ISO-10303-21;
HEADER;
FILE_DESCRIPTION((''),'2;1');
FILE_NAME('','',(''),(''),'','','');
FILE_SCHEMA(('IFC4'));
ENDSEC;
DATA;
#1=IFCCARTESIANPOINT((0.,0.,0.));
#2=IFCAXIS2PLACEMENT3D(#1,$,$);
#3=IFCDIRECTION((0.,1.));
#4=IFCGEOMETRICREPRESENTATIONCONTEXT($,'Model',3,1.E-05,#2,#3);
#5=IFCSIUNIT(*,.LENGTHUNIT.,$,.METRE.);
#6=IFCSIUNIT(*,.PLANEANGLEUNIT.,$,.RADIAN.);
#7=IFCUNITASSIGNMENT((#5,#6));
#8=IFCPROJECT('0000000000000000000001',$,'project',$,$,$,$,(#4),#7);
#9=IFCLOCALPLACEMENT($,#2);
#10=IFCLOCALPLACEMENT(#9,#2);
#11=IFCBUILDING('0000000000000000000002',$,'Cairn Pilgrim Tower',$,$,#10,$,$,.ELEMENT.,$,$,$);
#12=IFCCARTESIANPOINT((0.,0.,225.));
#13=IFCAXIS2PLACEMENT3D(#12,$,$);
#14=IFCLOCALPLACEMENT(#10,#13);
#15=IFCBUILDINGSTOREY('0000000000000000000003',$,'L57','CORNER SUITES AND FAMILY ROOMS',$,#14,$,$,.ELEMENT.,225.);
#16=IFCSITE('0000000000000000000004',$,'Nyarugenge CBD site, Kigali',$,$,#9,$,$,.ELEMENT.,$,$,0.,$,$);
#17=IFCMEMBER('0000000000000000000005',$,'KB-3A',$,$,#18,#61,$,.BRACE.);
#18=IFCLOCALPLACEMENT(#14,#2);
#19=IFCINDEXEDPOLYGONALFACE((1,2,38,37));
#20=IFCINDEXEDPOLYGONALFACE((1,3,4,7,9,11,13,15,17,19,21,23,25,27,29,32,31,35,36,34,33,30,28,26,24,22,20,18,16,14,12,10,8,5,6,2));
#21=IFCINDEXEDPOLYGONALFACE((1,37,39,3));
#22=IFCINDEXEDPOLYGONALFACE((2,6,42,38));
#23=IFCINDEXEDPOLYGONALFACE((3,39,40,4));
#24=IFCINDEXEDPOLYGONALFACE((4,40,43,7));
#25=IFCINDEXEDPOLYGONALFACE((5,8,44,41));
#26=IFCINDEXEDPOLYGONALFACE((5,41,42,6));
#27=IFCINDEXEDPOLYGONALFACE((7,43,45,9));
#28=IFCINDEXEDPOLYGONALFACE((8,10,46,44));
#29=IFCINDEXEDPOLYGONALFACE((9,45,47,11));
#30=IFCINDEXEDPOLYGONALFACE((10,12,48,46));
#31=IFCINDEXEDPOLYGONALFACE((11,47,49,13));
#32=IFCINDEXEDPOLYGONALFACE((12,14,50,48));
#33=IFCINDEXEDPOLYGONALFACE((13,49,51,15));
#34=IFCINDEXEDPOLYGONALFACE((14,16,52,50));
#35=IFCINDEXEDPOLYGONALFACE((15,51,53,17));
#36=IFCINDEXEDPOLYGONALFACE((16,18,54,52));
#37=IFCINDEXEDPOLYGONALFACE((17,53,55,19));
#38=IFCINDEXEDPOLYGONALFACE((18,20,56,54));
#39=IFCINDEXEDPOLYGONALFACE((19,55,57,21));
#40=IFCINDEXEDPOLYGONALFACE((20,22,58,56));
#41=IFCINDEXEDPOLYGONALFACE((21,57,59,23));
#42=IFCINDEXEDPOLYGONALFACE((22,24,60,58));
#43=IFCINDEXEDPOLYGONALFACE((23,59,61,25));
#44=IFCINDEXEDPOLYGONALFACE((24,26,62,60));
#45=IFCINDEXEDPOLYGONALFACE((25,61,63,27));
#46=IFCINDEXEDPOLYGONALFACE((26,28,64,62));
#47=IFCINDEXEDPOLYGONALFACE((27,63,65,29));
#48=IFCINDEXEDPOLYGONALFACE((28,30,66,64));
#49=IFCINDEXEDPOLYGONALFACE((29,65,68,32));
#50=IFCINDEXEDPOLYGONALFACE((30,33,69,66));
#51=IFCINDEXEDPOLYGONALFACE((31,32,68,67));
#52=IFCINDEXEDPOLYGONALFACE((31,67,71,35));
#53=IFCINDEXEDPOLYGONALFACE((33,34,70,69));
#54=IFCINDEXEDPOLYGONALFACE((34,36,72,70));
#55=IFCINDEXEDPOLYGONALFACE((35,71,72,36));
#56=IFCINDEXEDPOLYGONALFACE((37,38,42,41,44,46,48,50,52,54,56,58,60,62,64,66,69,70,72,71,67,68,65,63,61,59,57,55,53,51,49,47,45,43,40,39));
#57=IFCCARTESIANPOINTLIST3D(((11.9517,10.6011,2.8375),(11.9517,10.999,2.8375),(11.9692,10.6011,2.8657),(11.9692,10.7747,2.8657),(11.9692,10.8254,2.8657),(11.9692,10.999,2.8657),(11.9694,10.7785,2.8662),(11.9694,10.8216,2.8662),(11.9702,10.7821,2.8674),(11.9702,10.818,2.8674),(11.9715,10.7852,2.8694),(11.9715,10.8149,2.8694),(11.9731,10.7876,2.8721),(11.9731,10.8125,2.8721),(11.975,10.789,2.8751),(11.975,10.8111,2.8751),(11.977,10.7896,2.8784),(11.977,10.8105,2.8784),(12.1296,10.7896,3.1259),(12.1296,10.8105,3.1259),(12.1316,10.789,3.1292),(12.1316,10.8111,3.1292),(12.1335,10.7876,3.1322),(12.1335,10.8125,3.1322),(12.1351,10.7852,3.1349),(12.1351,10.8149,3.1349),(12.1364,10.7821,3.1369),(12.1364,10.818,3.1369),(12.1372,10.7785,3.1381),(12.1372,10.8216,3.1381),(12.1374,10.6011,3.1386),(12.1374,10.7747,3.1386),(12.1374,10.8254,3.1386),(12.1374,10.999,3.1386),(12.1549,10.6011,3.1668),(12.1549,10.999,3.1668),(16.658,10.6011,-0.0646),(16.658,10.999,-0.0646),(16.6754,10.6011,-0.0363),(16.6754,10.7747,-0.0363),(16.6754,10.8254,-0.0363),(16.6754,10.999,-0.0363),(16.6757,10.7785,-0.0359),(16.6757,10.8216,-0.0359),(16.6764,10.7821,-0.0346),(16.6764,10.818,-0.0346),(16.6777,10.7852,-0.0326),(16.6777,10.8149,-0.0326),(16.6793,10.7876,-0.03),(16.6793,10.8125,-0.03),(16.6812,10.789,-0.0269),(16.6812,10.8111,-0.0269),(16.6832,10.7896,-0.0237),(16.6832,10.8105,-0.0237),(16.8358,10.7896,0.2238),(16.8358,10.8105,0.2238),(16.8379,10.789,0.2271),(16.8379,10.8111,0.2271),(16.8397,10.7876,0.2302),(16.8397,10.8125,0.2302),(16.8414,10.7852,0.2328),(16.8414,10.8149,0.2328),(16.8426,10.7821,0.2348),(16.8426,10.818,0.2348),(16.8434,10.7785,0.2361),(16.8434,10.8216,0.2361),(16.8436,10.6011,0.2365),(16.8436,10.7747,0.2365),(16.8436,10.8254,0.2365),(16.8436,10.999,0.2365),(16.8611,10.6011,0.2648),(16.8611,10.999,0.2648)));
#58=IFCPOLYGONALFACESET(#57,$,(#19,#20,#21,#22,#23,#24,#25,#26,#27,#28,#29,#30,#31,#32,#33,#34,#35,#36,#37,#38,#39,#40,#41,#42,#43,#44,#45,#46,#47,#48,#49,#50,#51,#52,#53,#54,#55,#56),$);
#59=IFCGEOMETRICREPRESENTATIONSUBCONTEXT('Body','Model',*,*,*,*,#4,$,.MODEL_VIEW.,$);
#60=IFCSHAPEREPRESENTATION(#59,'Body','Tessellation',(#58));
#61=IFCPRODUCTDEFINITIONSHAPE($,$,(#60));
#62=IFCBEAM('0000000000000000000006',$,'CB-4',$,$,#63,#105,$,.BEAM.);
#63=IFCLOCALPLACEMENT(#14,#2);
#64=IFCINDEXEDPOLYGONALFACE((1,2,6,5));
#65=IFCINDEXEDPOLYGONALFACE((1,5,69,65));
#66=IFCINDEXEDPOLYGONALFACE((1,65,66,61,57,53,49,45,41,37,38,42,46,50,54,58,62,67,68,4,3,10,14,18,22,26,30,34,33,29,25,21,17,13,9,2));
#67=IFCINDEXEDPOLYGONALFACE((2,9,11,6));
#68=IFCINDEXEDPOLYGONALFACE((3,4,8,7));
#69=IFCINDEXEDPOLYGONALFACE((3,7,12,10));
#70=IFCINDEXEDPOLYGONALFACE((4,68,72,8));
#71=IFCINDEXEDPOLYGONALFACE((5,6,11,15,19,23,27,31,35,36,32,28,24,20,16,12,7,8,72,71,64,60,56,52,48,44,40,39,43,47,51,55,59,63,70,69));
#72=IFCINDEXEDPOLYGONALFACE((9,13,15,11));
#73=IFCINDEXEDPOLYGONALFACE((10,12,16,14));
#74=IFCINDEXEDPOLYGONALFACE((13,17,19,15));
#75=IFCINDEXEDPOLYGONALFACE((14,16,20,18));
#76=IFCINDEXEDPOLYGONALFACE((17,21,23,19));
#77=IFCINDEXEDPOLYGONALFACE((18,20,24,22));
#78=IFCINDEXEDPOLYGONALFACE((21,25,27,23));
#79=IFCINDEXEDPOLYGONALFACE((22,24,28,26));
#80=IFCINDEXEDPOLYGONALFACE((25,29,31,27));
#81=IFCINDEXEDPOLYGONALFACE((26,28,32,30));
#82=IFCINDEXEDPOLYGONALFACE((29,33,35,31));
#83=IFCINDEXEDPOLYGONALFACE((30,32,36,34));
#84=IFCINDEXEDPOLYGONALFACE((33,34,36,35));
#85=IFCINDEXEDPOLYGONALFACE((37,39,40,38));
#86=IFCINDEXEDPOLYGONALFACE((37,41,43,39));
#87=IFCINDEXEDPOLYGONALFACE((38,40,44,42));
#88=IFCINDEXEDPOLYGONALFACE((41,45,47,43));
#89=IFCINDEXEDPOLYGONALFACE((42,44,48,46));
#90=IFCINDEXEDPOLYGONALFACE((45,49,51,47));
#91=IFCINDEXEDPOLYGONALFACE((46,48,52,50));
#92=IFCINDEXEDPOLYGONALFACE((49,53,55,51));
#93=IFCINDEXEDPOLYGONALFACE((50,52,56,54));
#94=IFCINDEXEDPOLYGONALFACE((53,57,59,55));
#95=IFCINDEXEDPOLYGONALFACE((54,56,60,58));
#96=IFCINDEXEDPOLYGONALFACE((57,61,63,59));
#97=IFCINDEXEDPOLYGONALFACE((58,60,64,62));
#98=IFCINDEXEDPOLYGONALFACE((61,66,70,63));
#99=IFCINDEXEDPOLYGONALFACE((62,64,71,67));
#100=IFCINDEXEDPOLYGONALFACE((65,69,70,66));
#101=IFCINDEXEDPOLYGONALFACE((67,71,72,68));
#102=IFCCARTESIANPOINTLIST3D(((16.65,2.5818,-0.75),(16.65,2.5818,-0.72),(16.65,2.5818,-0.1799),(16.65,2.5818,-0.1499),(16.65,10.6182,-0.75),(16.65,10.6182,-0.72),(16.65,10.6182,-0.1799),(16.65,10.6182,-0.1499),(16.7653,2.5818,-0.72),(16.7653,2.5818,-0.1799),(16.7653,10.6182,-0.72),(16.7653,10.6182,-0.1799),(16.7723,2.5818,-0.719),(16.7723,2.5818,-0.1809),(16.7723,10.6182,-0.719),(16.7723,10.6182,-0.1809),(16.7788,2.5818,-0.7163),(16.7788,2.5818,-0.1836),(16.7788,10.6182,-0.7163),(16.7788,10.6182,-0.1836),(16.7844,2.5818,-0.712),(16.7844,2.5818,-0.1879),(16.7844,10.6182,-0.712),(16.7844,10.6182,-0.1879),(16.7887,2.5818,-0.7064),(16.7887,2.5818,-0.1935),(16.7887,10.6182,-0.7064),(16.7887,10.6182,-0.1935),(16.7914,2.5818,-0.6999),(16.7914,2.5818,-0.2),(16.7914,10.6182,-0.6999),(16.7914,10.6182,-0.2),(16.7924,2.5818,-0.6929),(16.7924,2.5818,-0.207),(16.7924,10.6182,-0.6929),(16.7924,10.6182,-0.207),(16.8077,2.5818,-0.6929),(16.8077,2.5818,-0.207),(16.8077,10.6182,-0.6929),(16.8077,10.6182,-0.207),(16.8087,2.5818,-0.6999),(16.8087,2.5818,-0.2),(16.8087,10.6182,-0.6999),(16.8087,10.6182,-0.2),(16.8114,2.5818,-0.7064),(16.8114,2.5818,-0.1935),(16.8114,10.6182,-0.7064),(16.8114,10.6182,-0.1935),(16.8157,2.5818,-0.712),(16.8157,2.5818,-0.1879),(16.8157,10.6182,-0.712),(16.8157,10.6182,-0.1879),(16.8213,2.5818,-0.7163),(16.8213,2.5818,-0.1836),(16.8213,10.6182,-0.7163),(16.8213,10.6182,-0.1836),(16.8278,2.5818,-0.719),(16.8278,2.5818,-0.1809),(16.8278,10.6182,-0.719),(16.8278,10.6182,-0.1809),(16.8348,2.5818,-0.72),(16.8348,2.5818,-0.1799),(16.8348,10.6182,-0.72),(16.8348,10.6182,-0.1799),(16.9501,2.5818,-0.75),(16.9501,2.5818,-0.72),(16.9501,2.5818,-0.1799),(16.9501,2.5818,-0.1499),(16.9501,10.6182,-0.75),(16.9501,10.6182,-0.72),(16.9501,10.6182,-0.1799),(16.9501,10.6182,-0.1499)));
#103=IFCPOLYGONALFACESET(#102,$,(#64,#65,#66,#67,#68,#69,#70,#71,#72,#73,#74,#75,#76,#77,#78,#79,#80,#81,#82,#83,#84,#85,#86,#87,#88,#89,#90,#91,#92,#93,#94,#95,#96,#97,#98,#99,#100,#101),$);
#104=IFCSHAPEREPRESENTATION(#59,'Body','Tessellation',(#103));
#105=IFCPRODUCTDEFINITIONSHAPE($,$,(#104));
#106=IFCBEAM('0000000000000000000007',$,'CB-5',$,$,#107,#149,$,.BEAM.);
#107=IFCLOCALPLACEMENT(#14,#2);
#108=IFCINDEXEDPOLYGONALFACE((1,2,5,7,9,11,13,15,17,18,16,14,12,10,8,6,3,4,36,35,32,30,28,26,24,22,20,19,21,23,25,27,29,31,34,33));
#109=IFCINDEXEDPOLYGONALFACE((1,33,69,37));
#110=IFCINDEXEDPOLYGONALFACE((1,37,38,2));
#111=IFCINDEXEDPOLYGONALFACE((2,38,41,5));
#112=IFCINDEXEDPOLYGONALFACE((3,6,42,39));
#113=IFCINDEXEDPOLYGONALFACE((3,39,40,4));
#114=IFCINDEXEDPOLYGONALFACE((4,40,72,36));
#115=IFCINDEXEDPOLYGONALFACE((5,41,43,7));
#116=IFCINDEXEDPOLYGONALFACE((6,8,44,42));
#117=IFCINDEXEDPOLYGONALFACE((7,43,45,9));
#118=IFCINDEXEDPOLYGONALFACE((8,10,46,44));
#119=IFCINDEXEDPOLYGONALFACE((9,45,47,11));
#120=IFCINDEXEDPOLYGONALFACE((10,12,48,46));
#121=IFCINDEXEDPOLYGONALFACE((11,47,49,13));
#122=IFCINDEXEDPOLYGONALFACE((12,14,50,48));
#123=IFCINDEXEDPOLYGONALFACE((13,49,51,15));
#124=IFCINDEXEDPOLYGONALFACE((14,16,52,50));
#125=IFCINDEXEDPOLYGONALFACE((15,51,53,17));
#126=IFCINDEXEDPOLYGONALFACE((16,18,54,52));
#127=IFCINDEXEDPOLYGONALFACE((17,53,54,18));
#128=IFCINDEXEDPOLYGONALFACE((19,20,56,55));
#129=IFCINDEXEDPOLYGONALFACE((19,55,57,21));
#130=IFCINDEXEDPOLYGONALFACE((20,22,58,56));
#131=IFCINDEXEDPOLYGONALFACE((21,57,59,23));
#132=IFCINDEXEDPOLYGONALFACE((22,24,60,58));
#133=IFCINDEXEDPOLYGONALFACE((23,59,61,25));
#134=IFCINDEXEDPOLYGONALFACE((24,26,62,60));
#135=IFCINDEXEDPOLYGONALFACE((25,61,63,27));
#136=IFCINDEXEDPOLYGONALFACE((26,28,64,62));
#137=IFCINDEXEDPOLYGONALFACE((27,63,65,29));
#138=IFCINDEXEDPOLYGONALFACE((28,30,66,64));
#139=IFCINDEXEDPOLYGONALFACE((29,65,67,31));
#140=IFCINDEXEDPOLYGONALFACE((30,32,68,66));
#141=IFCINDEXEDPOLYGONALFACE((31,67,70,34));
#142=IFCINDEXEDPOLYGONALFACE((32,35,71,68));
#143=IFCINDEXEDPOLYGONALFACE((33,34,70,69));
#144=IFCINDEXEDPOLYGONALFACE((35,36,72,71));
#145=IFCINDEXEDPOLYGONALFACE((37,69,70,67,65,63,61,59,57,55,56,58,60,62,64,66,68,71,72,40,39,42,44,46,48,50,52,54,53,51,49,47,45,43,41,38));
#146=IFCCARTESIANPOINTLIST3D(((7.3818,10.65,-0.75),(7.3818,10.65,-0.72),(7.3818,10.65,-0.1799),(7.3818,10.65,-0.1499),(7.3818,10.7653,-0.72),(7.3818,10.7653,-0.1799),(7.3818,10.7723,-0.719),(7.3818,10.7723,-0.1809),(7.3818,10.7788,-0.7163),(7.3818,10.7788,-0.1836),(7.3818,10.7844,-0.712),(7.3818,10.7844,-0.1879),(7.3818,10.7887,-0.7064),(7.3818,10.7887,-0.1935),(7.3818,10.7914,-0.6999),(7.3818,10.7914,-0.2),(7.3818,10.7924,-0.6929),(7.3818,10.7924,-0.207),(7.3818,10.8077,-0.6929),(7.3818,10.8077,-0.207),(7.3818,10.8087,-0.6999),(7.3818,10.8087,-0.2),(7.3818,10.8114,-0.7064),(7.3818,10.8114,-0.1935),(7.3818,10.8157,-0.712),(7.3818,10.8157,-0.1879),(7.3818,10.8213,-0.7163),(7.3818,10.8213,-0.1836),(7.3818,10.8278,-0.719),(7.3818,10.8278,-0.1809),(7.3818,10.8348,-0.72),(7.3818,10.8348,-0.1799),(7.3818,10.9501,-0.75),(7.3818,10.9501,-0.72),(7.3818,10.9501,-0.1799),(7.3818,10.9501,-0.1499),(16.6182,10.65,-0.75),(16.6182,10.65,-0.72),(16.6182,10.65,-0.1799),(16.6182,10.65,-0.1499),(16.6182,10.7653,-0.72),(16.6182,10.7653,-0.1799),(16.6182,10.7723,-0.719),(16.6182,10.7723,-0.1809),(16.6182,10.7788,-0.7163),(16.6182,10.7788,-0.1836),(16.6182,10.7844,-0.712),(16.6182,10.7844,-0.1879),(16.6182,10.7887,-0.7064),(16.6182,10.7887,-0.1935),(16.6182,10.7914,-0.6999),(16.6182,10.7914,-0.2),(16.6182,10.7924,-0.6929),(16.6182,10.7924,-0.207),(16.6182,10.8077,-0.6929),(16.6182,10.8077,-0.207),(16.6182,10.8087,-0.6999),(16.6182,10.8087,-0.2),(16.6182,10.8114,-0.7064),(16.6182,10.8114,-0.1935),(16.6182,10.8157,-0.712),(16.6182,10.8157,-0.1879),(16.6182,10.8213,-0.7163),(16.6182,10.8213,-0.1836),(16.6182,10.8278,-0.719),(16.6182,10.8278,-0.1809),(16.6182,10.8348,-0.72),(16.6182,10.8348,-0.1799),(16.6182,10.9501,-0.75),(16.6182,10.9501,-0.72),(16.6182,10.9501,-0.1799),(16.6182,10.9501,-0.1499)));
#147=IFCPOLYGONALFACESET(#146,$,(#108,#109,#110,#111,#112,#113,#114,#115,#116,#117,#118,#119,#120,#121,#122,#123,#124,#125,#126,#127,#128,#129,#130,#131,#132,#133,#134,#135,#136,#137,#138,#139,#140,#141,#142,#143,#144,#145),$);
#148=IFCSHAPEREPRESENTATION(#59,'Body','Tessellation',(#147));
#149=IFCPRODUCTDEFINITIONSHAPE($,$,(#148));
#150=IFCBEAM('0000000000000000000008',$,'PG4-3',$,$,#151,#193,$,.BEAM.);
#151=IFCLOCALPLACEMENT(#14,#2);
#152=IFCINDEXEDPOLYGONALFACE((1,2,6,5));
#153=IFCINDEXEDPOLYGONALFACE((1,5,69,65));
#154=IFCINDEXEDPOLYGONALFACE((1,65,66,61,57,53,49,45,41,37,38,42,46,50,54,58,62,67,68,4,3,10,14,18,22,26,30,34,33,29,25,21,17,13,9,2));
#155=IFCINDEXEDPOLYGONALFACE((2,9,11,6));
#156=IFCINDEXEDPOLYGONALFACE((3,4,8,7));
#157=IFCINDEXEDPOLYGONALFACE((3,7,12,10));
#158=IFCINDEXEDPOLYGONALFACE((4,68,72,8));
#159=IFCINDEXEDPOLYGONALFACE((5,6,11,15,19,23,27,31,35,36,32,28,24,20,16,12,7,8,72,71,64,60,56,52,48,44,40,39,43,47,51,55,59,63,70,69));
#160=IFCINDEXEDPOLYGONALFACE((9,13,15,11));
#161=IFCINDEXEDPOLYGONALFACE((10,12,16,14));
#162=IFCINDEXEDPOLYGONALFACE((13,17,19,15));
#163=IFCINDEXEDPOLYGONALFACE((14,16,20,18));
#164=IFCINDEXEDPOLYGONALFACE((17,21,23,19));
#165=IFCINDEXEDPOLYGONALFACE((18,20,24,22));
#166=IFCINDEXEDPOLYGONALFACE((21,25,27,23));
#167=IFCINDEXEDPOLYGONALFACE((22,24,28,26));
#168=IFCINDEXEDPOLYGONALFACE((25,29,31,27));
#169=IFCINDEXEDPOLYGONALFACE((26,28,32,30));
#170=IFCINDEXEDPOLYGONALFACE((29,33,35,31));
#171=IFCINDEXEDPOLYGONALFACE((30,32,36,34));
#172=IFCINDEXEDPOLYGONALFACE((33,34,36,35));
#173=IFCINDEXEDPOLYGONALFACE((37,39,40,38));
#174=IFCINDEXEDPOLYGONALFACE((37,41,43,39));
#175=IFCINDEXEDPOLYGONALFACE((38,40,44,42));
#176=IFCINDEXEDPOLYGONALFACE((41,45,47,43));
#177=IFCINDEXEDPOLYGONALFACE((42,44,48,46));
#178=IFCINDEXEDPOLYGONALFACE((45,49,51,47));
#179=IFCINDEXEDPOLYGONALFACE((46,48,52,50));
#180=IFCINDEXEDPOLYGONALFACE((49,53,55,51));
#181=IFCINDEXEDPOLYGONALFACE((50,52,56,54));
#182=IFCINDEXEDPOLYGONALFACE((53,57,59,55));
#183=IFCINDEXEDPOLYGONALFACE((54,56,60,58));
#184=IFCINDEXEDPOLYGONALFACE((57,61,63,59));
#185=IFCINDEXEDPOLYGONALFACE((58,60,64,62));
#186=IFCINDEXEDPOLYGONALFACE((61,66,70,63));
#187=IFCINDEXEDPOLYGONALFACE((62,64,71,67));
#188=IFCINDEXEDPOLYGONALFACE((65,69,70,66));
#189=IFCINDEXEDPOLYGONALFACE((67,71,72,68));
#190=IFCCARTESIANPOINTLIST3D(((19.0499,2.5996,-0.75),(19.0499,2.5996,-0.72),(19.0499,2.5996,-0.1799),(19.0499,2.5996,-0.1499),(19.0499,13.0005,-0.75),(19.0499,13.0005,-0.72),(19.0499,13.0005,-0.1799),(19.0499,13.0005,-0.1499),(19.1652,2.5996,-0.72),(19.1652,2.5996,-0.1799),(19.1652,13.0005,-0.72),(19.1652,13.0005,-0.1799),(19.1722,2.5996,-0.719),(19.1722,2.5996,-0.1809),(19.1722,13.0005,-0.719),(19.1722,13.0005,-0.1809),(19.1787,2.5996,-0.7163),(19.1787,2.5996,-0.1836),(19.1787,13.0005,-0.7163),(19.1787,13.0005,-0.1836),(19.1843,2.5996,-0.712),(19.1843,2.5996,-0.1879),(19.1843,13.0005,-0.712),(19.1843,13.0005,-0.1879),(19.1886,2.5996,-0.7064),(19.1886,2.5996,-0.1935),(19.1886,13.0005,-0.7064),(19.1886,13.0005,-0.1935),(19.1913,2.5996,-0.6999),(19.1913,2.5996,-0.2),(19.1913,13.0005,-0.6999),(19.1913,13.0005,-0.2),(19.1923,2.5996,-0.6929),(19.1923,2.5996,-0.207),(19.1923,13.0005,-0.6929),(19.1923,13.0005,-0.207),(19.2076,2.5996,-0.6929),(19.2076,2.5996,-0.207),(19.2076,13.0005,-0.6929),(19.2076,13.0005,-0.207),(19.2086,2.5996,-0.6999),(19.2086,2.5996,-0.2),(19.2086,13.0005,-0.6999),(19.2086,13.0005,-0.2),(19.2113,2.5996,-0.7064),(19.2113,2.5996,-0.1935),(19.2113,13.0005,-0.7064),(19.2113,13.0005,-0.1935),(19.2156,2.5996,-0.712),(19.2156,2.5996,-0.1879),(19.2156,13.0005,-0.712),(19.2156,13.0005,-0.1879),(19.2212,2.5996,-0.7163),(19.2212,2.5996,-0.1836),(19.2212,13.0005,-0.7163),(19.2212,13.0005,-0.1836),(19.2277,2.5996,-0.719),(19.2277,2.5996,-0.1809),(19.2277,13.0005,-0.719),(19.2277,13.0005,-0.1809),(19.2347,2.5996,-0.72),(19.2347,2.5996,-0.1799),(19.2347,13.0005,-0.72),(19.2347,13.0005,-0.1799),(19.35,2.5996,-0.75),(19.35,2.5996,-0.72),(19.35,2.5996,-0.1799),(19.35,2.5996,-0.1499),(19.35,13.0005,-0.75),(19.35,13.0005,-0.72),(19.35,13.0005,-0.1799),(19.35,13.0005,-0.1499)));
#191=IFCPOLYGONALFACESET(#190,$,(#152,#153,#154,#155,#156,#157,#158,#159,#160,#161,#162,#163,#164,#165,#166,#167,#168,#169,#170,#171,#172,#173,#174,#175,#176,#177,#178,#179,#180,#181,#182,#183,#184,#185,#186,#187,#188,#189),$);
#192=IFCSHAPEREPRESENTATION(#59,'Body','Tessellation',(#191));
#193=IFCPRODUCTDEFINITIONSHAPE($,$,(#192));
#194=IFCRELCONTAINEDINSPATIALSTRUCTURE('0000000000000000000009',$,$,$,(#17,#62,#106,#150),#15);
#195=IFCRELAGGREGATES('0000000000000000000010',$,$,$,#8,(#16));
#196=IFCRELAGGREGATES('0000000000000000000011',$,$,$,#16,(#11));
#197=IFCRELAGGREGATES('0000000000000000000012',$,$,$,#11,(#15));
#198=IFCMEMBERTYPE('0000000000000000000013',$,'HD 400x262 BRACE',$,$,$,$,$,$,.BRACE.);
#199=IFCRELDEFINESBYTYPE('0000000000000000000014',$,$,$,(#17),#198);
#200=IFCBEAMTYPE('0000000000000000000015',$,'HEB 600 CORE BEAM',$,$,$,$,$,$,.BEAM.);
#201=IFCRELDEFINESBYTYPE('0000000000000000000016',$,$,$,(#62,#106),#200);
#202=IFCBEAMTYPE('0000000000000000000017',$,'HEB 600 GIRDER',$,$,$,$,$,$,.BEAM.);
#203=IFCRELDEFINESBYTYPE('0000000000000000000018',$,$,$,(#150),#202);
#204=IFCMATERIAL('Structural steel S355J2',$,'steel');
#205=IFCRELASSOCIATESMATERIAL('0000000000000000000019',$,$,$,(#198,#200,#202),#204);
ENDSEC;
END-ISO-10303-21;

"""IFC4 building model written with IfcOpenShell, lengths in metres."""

from ifc_helpers import new_model, si_unit, direction, frame, origin, origin_2d, place, context, subcontext, project, spatial, i_section, extrude, material, material_profile, profile_set, type_object, element, save


model = new_model("IFC4")

# Units and contexts
model_context = context("Model", 3, precision=1e-05, world=origin(), true_north=direction((0.0, 1.0)))
body_context = subcontext(model_context, "Body", "Model", "MODEL_VIEW")
ifc_project = project(units=[si_unit("LENGTHUNIT", "METRE"), si_unit("PLANEANGLEUNIT", "RADIAN")], contexts=[model_context])

# Site, building, storey
site_placement = place(None, origin())
site = spatial("IfcSite", under=ifc_project, at=site_placement, Name="Nyarugenge CBD site, Kigali", CompositionType="ELEMENT", RefElevation=0.0)
building_placement = place(site_placement, origin())
building = spatial("IfcBuilding", under=site, at=building_placement, Name="Cairn Pilgrim Tower", CompositionType="ELEMENT")
storey_placement = place(building_placement, frame((0.0, 0.0, 225.0)))
storey = spatial("IfcBuildingStorey", under=building, at=storey_placement, Name="L57", Description="CORNER SUITES AND FAMILY ROOMS", CompositionType="ELEMENT", Elevation=225.0)

# Shared definitions
ifc_material_1 = material(Name="Structural steel S355J2", Category="steel")

# Member
ifc_material_profile_1 = material_profile(ifc_material_1, i_section(OverallWidth=0.3979, OverallDepth=0.387, WebThickness=0.021, FlangeThickness=0.0332, FilletRadius=0.0149, at=origin_2d()), Name="HD 400x262")
ifc_profile_set_1 = profile_set([ifc_material_profile_1], Name="Structural steel S355J2")
member_type = type_object("IfcMemberType", Name="HD 400x262 BRACE", PredefinedType="BRACE", material=ifc_profile_set_1)
member_1_placement = place(storey_placement, frame((16.7595, 10.8, 0.1001), z_axis=(-0.85118, 0.0, 0.524873), x_axis=(0.0, -1.0, 0.0)))
element("IfcMember", 1, at=member_1_placement, inside=storey, type_object=member_type, Name="KB-3A", PredefinedType="BRACE", context=body_context, shape_type="SweptSolid", body=[
    extrude(i_section(OverallWidth=0.3979, OverallDepth=0.387, WebThickness=0.021, FlangeThickness=0.0332, FilletRadius=0.0149, at=origin_2d()), origin(), (0.0, 0.0, 1.0), 5.5291),
])

# Beams
ifc_material_profile_2 = material_profile(ifc_material_1, i_section(OverallWidth=0.3, OverallDepth=0.6001, WebThickness=0.0154, FlangeThickness=0.03, FilletRadius=0.0271, at=origin_2d()), Name="HEB 600")
ifc_profile_set_2 = profile_set([ifc_material_profile_2], Name="Structural steel S355J2")
beam_type_1 = type_object("IfcBeamType", Name="HEB 600 CORE BEAM", PredefinedType="BEAM", material=ifc_profile_set_2)
beam_1_placement = place(storey_placement, frame((16.8, 2.5818, -0.45), z_axis=(0.0, 1.0, 0.0), x_axis=(-1.0, 0.0, 0.0)))
element("IfcBeam", 2, at=beam_1_placement, inside=storey, type_object=beam_type_1, Name="CB-4", PredefinedType="BEAM", context=body_context, shape_type="SweptSolid", body=[
    extrude(i_section(OverallWidth=0.3, OverallDepth=0.6001, WebThickness=0.0154, FlangeThickness=0.03, FilletRadius=0.0271, at=origin_2d()), origin(), (0.0, 0.0, 1.0), 8.0364),
])
beam_2_placement = place(storey_placement, frame((16.6182, 10.8, -0.45), z_axis=(-1.0, 0.0, 0.0), x_axis=(0.0, -1.0, 0.0)))
element("IfcBeam", 3, at=beam_2_placement, inside=storey, type_object=beam_type_1, Name="CB-5", PredefinedType="BEAM", context=body_context, shape_type="SweptSolid", body=[
    extrude(i_section(OverallWidth=0.3, OverallDepth=0.6001, WebThickness=0.0154, FlangeThickness=0.03, FilletRadius=0.0271, at=origin_2d()), origin(), (0.0, 0.0, 1.0), 9.2363),
])
ifc_material_profile_3 = material_profile(ifc_material_1, i_section(OverallWidth=0.3, OverallDepth=0.6001, WebThickness=0.0154, FlangeThickness=0.03, FilletRadius=0.0271, at=origin_2d()), Name="HEB 600")
ifc_profile_set_3 = profile_set([ifc_material_profile_3], Name="Structural steel S355J2")
beam_type_2 = type_object("IfcBeamType", Name="HEB 600 GIRDER", PredefinedType="BEAM", material=ifc_profile_set_3)
beam_3_placement = place(storey_placement, frame((19.2, 2.5996, -0.45), z_axis=(0.0, 1.0, 0.0), x_axis=(-1.0, 0.0, 0.0)))
element("IfcBeam", 4, at=beam_3_placement, inside=storey, type_object=beam_type_2, Name="PG4-3", PredefinedType="BEAM", context=body_context, shape_type="SweptSolid", body=[
    extrude(i_section(OverallWidth=0.3, OverallDepth=0.6001, WebThickness=0.0154, FlangeThickness=0.03, FilletRadius=0.0271, at=origin_2d()), origin(), (0.0, 0.0, 1.0), 10.4009),
])

save(model, "model.ifc")
